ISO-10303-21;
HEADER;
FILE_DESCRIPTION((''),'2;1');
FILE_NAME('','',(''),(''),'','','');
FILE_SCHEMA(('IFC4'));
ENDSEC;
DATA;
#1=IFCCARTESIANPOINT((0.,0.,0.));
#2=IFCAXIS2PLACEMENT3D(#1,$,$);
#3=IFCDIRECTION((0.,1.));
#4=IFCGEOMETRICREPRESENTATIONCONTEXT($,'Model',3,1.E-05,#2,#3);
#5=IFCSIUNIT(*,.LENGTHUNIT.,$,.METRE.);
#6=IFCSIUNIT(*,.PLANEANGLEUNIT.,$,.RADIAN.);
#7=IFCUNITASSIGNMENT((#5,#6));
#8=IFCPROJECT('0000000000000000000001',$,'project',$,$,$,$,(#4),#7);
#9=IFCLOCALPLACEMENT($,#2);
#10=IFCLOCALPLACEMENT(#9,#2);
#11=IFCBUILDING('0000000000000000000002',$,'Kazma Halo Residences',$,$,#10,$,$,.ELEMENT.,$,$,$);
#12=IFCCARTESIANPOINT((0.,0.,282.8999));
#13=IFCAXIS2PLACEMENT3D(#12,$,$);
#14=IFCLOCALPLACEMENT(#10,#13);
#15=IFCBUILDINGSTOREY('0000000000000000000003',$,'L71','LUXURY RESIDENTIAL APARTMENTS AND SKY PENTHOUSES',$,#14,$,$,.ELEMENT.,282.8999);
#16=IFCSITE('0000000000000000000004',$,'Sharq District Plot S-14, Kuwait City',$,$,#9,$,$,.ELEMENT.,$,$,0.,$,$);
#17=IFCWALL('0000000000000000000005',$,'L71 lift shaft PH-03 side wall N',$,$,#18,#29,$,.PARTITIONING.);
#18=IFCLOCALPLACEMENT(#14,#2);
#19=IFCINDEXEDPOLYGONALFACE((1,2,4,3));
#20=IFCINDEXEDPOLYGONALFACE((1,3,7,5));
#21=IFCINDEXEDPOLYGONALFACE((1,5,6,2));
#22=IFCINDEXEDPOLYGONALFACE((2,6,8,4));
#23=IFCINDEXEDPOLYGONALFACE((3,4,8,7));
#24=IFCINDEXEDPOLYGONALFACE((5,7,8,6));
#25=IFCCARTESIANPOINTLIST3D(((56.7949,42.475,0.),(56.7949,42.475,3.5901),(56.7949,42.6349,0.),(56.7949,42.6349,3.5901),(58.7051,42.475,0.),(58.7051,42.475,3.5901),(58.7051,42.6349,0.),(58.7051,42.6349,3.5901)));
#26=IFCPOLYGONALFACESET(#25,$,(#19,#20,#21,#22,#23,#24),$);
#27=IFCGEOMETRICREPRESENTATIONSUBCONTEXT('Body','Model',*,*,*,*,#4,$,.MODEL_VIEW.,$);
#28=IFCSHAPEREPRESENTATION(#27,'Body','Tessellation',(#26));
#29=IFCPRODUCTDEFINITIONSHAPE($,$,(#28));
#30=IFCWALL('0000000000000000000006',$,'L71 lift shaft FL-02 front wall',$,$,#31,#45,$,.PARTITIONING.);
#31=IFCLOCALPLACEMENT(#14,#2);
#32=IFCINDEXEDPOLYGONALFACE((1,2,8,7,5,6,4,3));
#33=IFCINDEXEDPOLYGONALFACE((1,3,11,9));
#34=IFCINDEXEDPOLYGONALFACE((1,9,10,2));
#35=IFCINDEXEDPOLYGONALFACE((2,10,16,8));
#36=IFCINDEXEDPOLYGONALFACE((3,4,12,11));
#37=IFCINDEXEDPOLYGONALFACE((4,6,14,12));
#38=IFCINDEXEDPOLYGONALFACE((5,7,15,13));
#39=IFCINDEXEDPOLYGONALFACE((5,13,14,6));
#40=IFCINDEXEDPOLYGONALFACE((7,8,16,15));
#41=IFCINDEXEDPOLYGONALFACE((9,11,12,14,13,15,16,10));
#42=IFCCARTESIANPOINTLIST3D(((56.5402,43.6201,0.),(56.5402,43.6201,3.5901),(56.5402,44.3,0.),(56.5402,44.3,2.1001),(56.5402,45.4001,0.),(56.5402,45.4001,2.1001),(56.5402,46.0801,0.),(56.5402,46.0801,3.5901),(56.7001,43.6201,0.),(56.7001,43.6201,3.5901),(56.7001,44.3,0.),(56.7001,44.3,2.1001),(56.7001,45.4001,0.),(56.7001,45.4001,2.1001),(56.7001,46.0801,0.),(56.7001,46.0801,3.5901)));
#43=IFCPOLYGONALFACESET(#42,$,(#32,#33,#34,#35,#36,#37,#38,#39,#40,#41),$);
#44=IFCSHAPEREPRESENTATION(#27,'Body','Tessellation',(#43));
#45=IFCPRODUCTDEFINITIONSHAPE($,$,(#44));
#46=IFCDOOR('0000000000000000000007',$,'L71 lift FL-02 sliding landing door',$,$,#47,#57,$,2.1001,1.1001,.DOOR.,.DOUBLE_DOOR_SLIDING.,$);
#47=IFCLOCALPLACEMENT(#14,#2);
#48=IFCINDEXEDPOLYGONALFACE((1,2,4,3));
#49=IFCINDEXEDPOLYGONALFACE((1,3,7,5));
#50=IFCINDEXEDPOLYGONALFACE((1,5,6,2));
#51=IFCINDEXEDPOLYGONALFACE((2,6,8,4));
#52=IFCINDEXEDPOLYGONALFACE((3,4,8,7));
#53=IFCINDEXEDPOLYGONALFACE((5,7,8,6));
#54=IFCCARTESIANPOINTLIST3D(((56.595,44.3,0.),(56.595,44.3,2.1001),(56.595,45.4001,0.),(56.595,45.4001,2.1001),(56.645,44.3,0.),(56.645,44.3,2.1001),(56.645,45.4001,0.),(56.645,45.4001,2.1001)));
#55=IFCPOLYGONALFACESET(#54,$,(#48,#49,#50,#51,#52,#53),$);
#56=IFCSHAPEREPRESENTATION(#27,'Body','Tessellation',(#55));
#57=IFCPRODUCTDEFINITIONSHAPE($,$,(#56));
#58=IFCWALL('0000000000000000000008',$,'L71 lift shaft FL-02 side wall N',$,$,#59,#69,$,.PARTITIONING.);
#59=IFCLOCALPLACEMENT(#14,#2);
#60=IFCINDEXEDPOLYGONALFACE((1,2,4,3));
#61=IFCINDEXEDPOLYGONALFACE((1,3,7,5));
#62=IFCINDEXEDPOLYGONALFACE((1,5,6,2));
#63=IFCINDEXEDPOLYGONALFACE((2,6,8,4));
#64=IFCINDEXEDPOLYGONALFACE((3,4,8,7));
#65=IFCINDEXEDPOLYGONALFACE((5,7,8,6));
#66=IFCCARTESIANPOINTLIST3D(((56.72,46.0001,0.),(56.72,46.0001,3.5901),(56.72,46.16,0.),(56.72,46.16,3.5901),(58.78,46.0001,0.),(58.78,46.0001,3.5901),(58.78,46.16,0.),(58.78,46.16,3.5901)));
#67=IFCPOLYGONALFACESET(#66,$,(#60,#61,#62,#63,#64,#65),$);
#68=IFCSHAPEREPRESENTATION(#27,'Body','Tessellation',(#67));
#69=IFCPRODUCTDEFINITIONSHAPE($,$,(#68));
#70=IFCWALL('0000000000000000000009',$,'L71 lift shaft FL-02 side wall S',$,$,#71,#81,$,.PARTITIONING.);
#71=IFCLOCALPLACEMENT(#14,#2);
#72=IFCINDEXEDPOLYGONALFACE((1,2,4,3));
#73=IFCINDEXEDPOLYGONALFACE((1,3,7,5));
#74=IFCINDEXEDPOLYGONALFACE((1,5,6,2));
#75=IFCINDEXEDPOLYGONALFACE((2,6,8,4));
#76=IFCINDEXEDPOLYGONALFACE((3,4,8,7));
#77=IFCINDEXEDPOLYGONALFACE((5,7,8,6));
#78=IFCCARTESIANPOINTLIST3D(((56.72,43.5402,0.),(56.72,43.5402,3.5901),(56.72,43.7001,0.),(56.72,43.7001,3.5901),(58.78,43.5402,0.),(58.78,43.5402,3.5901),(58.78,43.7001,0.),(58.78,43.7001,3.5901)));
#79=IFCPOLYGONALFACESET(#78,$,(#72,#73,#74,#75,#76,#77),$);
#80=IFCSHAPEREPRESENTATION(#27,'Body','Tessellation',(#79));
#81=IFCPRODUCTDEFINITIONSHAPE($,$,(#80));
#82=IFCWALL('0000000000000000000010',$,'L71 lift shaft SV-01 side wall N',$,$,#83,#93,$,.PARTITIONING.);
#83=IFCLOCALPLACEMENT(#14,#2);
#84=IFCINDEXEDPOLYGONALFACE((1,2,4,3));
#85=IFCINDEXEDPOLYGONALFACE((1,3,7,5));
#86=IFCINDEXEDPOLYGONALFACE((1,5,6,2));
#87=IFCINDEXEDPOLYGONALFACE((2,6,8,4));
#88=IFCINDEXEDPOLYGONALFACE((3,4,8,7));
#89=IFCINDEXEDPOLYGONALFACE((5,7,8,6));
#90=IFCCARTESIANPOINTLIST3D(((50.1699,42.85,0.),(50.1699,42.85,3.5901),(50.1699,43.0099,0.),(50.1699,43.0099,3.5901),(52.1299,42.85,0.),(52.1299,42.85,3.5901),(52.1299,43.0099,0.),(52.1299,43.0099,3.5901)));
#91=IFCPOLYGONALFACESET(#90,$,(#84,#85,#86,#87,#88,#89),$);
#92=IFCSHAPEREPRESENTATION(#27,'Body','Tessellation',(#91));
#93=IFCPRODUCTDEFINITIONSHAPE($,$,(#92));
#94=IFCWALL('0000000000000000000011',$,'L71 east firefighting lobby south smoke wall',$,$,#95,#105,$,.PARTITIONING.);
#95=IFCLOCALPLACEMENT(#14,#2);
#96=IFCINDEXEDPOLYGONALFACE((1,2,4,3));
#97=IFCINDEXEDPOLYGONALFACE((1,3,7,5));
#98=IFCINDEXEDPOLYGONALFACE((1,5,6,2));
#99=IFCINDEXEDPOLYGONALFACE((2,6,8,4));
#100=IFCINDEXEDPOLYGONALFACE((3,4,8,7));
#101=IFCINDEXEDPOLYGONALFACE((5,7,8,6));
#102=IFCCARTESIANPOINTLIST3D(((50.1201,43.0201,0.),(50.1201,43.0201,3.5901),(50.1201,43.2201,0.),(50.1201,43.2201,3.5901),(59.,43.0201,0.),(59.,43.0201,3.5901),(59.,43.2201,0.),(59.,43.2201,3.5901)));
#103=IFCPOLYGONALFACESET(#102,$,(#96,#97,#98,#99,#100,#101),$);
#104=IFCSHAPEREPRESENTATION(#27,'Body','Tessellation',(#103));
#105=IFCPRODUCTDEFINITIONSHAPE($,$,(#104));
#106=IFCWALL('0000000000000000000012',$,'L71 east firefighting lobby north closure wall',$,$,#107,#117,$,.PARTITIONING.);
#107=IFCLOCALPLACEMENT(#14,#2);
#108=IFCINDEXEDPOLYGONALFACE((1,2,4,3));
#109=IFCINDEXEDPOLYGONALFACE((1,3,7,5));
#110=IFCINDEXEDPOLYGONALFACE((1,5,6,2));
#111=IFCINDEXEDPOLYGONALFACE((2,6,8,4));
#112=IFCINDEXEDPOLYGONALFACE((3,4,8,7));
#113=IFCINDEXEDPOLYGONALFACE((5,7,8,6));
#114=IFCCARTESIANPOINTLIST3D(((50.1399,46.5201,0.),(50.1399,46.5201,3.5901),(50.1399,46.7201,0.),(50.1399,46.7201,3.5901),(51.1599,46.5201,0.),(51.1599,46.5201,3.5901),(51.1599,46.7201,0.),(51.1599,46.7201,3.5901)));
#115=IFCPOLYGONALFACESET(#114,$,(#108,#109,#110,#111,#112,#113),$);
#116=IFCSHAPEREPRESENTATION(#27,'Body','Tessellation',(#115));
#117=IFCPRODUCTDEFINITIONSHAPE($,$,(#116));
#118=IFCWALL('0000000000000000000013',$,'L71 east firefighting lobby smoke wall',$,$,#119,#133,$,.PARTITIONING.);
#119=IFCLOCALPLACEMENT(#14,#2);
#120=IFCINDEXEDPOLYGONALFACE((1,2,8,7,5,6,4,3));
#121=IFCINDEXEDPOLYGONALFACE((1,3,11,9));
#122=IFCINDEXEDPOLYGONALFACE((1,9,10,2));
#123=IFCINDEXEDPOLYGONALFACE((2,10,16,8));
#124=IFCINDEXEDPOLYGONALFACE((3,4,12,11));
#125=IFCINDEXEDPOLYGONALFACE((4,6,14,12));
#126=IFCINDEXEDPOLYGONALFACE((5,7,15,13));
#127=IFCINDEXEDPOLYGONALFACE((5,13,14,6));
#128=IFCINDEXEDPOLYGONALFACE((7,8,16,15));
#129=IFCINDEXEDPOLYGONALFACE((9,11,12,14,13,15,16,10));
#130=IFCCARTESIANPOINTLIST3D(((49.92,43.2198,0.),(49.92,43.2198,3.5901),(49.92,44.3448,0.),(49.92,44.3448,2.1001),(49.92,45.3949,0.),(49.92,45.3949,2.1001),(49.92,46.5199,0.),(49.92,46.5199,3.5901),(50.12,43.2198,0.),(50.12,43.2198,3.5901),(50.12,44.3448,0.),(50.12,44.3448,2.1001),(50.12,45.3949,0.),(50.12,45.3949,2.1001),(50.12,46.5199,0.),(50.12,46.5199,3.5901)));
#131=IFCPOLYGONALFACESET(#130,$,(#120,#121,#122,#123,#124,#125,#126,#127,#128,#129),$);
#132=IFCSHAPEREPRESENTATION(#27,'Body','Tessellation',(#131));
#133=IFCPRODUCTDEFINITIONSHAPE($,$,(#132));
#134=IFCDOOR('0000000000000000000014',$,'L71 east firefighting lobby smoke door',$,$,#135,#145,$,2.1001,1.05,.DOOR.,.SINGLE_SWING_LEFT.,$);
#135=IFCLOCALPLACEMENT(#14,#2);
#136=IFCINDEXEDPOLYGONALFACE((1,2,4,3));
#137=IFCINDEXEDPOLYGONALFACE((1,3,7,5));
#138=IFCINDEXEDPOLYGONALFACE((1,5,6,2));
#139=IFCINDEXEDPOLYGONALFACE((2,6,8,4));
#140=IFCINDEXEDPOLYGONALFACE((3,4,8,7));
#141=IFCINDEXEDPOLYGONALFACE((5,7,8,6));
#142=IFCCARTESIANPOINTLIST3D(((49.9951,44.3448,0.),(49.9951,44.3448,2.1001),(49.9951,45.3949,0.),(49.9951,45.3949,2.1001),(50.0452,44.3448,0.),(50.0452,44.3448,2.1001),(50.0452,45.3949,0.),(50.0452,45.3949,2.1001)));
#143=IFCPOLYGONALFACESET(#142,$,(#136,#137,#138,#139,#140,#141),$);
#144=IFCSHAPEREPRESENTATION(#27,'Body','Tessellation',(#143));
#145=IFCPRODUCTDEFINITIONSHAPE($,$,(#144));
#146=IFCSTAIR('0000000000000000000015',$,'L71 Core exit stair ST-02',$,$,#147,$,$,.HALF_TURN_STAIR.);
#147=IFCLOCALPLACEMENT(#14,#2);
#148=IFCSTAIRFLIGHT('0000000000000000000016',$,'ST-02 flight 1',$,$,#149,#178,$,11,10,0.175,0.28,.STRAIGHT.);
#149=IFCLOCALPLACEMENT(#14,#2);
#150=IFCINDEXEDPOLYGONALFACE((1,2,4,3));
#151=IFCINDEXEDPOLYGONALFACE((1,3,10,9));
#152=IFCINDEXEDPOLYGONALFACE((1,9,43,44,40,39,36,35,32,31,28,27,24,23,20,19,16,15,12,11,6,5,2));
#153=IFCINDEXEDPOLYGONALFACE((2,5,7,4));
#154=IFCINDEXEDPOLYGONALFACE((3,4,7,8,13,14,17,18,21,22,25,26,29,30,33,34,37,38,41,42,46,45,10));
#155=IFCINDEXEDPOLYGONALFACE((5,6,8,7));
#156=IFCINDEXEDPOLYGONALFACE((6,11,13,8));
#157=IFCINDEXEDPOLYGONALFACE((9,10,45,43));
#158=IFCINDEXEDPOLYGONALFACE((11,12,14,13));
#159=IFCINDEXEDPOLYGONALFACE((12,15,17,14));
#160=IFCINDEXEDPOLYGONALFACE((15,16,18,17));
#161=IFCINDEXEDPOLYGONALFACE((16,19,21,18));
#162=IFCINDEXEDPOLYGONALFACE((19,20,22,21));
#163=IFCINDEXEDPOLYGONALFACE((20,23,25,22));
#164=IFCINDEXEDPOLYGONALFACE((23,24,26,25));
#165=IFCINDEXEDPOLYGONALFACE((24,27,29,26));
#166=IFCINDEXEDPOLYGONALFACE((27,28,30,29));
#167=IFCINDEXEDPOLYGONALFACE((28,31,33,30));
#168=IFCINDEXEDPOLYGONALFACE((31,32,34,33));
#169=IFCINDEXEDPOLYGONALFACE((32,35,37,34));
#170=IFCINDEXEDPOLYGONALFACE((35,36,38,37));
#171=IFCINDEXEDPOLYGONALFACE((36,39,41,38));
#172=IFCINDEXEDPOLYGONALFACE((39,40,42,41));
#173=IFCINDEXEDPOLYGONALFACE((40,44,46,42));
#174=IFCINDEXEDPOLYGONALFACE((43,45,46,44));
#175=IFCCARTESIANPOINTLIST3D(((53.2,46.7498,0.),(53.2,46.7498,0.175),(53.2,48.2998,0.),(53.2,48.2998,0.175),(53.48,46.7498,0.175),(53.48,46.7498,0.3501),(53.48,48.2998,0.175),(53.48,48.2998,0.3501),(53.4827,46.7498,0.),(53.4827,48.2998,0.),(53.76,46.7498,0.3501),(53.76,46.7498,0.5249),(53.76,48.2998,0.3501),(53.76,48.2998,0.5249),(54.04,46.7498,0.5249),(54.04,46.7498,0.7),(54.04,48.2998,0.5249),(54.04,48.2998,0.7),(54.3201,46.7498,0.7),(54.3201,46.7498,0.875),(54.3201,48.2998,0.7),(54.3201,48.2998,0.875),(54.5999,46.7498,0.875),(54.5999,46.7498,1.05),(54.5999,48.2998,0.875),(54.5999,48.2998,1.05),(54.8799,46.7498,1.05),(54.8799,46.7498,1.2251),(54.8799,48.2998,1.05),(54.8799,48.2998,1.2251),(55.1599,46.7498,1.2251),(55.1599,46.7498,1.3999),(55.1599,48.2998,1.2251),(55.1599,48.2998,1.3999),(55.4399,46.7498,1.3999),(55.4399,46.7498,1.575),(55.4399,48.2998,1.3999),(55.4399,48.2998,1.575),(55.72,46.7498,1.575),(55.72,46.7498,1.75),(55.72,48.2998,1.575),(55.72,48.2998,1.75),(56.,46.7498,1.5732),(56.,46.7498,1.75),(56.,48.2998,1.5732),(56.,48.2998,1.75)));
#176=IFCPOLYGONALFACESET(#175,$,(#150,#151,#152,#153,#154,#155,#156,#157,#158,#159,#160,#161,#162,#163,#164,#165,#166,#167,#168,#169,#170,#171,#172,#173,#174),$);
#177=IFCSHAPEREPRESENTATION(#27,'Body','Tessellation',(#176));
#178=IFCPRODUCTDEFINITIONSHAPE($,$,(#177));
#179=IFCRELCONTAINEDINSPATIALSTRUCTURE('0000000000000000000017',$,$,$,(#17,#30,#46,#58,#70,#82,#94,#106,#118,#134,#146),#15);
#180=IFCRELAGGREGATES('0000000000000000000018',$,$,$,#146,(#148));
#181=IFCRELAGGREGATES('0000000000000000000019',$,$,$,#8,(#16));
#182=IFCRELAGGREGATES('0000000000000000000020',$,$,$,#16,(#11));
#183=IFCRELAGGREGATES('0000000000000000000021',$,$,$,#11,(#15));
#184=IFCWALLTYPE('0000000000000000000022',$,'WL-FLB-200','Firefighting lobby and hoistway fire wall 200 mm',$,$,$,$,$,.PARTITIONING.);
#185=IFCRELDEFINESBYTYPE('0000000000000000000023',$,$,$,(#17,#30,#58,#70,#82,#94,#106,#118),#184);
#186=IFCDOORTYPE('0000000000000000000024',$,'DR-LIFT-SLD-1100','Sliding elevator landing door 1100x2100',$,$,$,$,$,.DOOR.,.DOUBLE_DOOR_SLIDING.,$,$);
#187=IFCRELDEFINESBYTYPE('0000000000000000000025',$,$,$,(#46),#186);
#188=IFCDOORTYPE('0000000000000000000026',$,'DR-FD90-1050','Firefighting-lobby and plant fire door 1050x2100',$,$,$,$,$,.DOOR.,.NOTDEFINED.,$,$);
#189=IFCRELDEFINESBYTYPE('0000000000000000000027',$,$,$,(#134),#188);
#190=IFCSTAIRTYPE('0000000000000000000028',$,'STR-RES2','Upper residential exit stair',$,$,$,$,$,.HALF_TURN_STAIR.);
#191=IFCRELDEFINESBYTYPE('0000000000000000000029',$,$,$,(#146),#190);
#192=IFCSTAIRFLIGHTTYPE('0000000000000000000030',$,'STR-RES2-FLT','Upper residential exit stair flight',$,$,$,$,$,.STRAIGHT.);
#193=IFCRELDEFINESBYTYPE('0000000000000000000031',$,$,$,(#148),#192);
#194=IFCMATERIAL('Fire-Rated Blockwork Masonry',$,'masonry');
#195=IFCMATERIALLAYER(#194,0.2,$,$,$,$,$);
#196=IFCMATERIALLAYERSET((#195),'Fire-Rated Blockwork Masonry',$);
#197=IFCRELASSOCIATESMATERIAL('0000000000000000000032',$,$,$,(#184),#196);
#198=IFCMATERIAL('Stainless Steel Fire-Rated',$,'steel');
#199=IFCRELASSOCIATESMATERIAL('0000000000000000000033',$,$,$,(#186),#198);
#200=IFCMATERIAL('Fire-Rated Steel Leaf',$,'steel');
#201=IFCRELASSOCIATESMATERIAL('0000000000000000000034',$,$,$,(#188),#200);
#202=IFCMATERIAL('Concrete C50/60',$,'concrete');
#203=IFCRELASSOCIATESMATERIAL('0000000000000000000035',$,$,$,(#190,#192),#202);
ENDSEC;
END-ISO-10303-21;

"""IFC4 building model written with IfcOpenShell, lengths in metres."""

from ifc_helpers import new_model, si_unit, direction, frame, frame_2d, origin, place, context, subcontext, project, spatial, polyline, rectangle, outline, extrude, material, layer, layer_set, type_object, element, fill, aggregate, save


model = new_model("IFC4")

# Units and contexts
model_context = context("Model", 3, precision=1e-05, world=origin(), true_north=direction((0.0, 1.0)))
body_context = subcontext(model_context, "Body", "Model", "MODEL_VIEW")
ifc_project = project(units=[si_unit("LENGTHUNIT", "METRE"), si_unit("PLANEANGLEUNIT", "RADIAN")], contexts=[model_context])

# Site, building, storey
site_placement = place(None, origin())
site = spatial("IfcSite", under=ifc_project, at=site_placement, Name="Sharq District Plot S-14, Kuwait City", CompositionType="ELEMENT", RefElevation=0.0)
building_placement = place(site_placement, origin())
building = spatial("IfcBuilding", under=site, at=building_placement, Name="Kazma Halo Residences", CompositionType="ELEMENT")
storey_placement = place(building_placement, frame((0.0, 0.0, 282.8999)))
storey = spatial("IfcBuildingStorey", under=building, at=storey_placement, Name="L71", Description="LUXURY RESIDENTIAL APARTMENTS AND SKY PENTHOUSES", CompositionType="ELEMENT", Elevation=282.8999)

# Wall
ifc_material_1 = material(Name="Fire-Rated Blockwork Masonry", Category="masonry")
ifc_layer_1 = layer(ifc_material_1, 0.2)
ifc_layer_set_1 = layer_set([ifc_layer_1], Name="Fire-Rated Blockwork Masonry")
wall_type_1 = type_object("IfcWallType", Name="WL-FLB-200", Description="Firefighting lobby and hoistway fire wall 200 mm", PredefinedType="PARTITIONING", material=ifc_layer_set_1)
wall_1_placement = place(storey_placement, frame((56.7949, 42.5549, 0.0), z_axis=(0.0, 0.0, 1.0), x_axis=(1.0, 0.0, 0.0)))
element("IfcWall", 1, at=wall_1_placement, inside=storey, type_object=wall_type_1, Name="L71 lift shaft PH-03 side wall N", PredefinedType="PARTITIONING", context=body_context, shape_type="SweptSolid", body=[
    extrude(rectangle(XDim=1.9102, YDim=0.1599, at=frame_2d((0.9551, 0.0))), origin(), (0.0, 0.0, 1.0), 3.5901),
])

# Wall, opening, door
wall_2_placement = place(storey_placement, frame((56.6201, 46.0801, 0.0), z_axis=(0.0, 0.0, 1.0), x_axis=(0.0, -1.0, 0.0)))
wall_2 = element("IfcWall", 2, at=wall_2_placement, inside=storey, type_object=wall_type_1, Name="L71 lift shaft FL-02 front wall", PredefinedType="PARTITIONING", context=body_context, shape_type="SweptSolid", body=[
    extrude(rectangle(XDim=2.46, YDim=0.1599, at=frame_2d((1.23, 0.0))), origin(), (0.0, 0.0, 1.0), 3.5901),
])
opening_1_placement = place(wall_2_placement, frame((0.6799, 0.0, 0.0)))
opening_1 = element("IfcOpeningElement", 3, at=opening_1_placement, cuts=wall_2, PredefinedType="OPENING", context=body_context, shape_type="SweptSolid", body=[
    extrude(rectangle(XDim=1.1001, YDim=2.1001, at=frame_2d((0.55, 1.05))), frame((0.0, 0.0898, 0.0), z_axis=(0.0, -1.0, 0.0), x_axis=(1.0, 0.0, 0.0)), (0.0, 0.0, 1.0), 0.1799),
])
ifc_material_2 = material(Name="Stainless Steel Fire-Rated", Category="steel")
door_type_1 = type_object("IfcDoorType", Name="DR-LIFT-SLD-1100", Description="Sliding elevator landing door 1100x2100", OperationType="DOUBLE_DOOR_SLIDING", PredefinedType="DOOR", material=ifc_material_2)
door_1_placement = place(opening_1_placement, origin())
door_1 = element("IfcDoor", 4, at=door_1_placement, inside=storey, type_object=door_type_1, Name="L71 lift FL-02 sliding landing door", OperationType="DOUBLE_DOOR_SLIDING", OverallHeight=2.1001, OverallWidth=1.1001, PredefinedType="DOOR", context=body_context, shape_type="SweptSolid", body=[
    extrude(rectangle(XDim=1.1001, YDim=2.1001, at=frame_2d((0.55, 1.05))), frame((0.0, 0.0249, 0.0), z_axis=(0.0, -1.0, 0.0), x_axis=(1.0, 0.0, 0.0)), (0.0, 0.0, 1.0), 0.05),
])
fill(opening_1, door_1)

# Walls
for number, where, z_axis, x_axis, name in (
    (5, (56.72, 46.0801, 0.0), (0.0, 0.0, 1.0), (1.0, 0.0, 0.0), "L71 lift shaft FL-02 side wall N"),
    (6, (56.72, 43.6201, 0.0), (0.0, 0.0, 1.0), (1.0, 0.0, 0.0), "L71 lift shaft FL-02 side wall S"),
):
    element("IfcWall", number, at=place(storey_placement, frame(where, z_axis=z_axis, x_axis=x_axis)), inside=storey, type_object=wall_type_1, Name=name, PredefinedType="PARTITIONING", context=body_context, shape_type="SweptSolid", body=[
        extrude(rectangle(XDim=2.0601, YDim=0.1599, at=frame_2d((1.03, 0.0))), origin(), (0.0, 0.0, 1.0), 3.5901),
    ])
wall_3_placement = place(storey_placement, frame((50.1699, 42.9299, 0.0), z_axis=(0.0, 0.0, 1.0), x_axis=(1.0, 0.0, 0.0)))
element("IfcWall", 7, at=wall_3_placement, inside=storey, type_object=wall_type_1, Name="L71 lift shaft SV-01 side wall N", PredefinedType="PARTITIONING", context=body_context, shape_type="SweptSolid", body=[
    extrude(rectangle(XDim=1.96, YDim=0.1599, at=frame_2d((0.98, 0.0))), origin(), (0.0, 0.0, 1.0), 3.5901),
])
wall_4_placement = place(storey_placement, frame((50.1201, 43.1201, 0.0), z_axis=(0.0, 0.0, 1.0), x_axis=(1.0, 0.0, 0.0)))
element("IfcWall", 8, at=wall_4_placement, inside=storey, type_object=wall_type_1, Name="L71 east firefighting lobby south smoke wall", PredefinedType="PARTITIONING", context=body_context, shape_type="SweptSolid", body=[
    extrude(rectangle(XDim=8.8799, YDim=0.2, at=frame_2d((4.4399, 0.0))), origin(), (0.0, 0.0, 1.0), 3.5901),
])
wall_5_placement = place(storey_placement, frame((50.1399, 46.6201, 0.0), z_axis=(0.0, 0.0, 1.0), x_axis=(1.0, 0.0, 0.0)))
element("IfcWall", 9, at=wall_5_placement, inside=storey, type_object=wall_type_1, Name="L71 east firefighting lobby north closure wall", PredefinedType="PARTITIONING", context=body_context, shape_type="SweptSolid", body=[
    extrude(rectangle(XDim=1.02, YDim=0.2, at=frame_2d((0.51, 0.0))), origin(), (0.0, 0.0, 1.0), 3.5901),
])

# Wall, opening, door
wall_6_placement = place(storey_placement, frame((50.02, 43.22, 0.0), z_axis=(0.0, 0.0, 1.0), x_axis=(0.0, 1.0, 0.0)))
wall_6 = element("IfcWall", 10, at=wall_6_placement, inside=storey, type_object=wall_type_1, Name="L71 east firefighting lobby smoke wall", PredefinedType="PARTITIONING", context=body_context, shape_type="SweptSolid", body=[
    extrude(rectangle(XDim=3.3, YDim=0.2, at=frame_2d((1.6499, 0.0))), origin(), (0.0, 0.0, 1.0), 3.5901),
])
opening_2_placement = place(wall_6_placement, frame((1.125, 0.0, 0.0)))
opening_2 = element("IfcOpeningElement", 11, at=opening_2_placement, cuts=wall_6, PredefinedType="OPENING", context=body_context, shape_type="SweptSolid", body=[
    extrude(rectangle(XDim=1.05, YDim=2.1001, at=frame_2d((0.5249, 1.05))), frame((0.0, 0.1099, 0.0), z_axis=(0.0, -1.0, 0.0), x_axis=(1.0, 0.0, 0.0)), (0.0, 0.0, 1.0), 0.22),
])
ifc_material_3 = material(Name="Fire-Rated Steel Leaf", Category="steel")
door_type_2 = type_object("IfcDoorType", Name="DR-FD90-1050", Description="Firefighting-lobby and plant fire door 1050x2100", OperationType="NOTDEFINED", PredefinedType="DOOR", material=ifc_material_3)
door_2_placement = place(opening_2_placement, origin())
door_2 = element("IfcDoor", 12, at=door_2_placement, inside=storey, type_object=door_type_2, Name="L71 east firefighting lobby smoke door", OperationType="SINGLE_SWING_LEFT", OverallHeight=2.1001, OverallWidth=1.05, PredefinedType="DOOR", context=body_context, shape_type="SweptSolid", body=[
    extrude(rectangle(XDim=1.05, YDim=2.1001, at=frame_2d((0.5249, 1.05))), frame((0.0, 0.0249, 0.0), z_axis=(0.0, -1.0, 0.0), x_axis=(1.0, 0.0, 0.0)), (0.0, 0.0, 1.0), 0.05),
])
fill(opening_2, door_2)
ifc_material_4 = material(Name="Concrete C50/60", Category="concrete")

# Stair, stair flight
stair_type = type_object("IfcStairType", Name="STR-RES2", Description="Upper residential exit stair", PredefinedType="HALF_TURN_STAIR", material=ifc_material_4)
stair_placement = place(storey_placement, origin())
stair = element("IfcStair", 13, at=stair_placement, inside=storey, type_object=stair_type, Name="L71 Core exit stair ST-02", PredefinedType="HALF_TURN_STAIR")
stair_flight_type = type_object("IfcStairFlightType", Name="STR-RES2-FLT", Description="Upper residential exit stair flight", PredefinedType="STRAIGHT", material=ifc_material_4)
stair_flight_1_placement = place(storey_placement, frame((53.2, 47.5249, 0.0), z_axis=(0.0, 0.0, 1.0), x_axis=(1.0, 0.0, 0.0)))
stair_flight_1 = element("IfcStairFlight", 14, at=stair_flight_1_placement, type_object=stair_flight_type, Name="ST-02 flight 1", NumberOfRisers=11, NumberOfTreads=10, PredefinedType="STRAIGHT", RiserHeight=0.175, TreadLength=0.28, context=body_context, shape_type="SweptSolid", body=[
    extrude(outline(polyline([(0.0, 0.0), (0.0, 0.175), (0.28, 0.175), (0.28, 0.3501), (0.5601, 0.3501), (0.5601, 0.5249), (0.8401, 0.5249), (0.8401, 0.7), (1.1201, 0.7), (1.1201, 0.875), (1.3999, 0.875), (1.3999, 1.05), (1.6799, 1.05), (1.6799, 1.2251), (1.96, 1.2251), (1.96, 1.3999), (2.24, 1.3999), (2.24, 1.575), (2.52, 1.575), (2.52, 1.75), (2.8, 1.75), (2.8, 1.925), (2.8, 1.5732), (0.2827, 0.0), (0.0, 0.0)])), frame((0.0, 0.7749, 0.0), z_axis=(0.0, -1.0, 0.0), x_axis=(1.0, 0.0, 0.0)), (0.0, 0.0, 1.0), 1.55),
])
aggregate(stair, [stair_flight_1])

save(model, "model.ifc")
